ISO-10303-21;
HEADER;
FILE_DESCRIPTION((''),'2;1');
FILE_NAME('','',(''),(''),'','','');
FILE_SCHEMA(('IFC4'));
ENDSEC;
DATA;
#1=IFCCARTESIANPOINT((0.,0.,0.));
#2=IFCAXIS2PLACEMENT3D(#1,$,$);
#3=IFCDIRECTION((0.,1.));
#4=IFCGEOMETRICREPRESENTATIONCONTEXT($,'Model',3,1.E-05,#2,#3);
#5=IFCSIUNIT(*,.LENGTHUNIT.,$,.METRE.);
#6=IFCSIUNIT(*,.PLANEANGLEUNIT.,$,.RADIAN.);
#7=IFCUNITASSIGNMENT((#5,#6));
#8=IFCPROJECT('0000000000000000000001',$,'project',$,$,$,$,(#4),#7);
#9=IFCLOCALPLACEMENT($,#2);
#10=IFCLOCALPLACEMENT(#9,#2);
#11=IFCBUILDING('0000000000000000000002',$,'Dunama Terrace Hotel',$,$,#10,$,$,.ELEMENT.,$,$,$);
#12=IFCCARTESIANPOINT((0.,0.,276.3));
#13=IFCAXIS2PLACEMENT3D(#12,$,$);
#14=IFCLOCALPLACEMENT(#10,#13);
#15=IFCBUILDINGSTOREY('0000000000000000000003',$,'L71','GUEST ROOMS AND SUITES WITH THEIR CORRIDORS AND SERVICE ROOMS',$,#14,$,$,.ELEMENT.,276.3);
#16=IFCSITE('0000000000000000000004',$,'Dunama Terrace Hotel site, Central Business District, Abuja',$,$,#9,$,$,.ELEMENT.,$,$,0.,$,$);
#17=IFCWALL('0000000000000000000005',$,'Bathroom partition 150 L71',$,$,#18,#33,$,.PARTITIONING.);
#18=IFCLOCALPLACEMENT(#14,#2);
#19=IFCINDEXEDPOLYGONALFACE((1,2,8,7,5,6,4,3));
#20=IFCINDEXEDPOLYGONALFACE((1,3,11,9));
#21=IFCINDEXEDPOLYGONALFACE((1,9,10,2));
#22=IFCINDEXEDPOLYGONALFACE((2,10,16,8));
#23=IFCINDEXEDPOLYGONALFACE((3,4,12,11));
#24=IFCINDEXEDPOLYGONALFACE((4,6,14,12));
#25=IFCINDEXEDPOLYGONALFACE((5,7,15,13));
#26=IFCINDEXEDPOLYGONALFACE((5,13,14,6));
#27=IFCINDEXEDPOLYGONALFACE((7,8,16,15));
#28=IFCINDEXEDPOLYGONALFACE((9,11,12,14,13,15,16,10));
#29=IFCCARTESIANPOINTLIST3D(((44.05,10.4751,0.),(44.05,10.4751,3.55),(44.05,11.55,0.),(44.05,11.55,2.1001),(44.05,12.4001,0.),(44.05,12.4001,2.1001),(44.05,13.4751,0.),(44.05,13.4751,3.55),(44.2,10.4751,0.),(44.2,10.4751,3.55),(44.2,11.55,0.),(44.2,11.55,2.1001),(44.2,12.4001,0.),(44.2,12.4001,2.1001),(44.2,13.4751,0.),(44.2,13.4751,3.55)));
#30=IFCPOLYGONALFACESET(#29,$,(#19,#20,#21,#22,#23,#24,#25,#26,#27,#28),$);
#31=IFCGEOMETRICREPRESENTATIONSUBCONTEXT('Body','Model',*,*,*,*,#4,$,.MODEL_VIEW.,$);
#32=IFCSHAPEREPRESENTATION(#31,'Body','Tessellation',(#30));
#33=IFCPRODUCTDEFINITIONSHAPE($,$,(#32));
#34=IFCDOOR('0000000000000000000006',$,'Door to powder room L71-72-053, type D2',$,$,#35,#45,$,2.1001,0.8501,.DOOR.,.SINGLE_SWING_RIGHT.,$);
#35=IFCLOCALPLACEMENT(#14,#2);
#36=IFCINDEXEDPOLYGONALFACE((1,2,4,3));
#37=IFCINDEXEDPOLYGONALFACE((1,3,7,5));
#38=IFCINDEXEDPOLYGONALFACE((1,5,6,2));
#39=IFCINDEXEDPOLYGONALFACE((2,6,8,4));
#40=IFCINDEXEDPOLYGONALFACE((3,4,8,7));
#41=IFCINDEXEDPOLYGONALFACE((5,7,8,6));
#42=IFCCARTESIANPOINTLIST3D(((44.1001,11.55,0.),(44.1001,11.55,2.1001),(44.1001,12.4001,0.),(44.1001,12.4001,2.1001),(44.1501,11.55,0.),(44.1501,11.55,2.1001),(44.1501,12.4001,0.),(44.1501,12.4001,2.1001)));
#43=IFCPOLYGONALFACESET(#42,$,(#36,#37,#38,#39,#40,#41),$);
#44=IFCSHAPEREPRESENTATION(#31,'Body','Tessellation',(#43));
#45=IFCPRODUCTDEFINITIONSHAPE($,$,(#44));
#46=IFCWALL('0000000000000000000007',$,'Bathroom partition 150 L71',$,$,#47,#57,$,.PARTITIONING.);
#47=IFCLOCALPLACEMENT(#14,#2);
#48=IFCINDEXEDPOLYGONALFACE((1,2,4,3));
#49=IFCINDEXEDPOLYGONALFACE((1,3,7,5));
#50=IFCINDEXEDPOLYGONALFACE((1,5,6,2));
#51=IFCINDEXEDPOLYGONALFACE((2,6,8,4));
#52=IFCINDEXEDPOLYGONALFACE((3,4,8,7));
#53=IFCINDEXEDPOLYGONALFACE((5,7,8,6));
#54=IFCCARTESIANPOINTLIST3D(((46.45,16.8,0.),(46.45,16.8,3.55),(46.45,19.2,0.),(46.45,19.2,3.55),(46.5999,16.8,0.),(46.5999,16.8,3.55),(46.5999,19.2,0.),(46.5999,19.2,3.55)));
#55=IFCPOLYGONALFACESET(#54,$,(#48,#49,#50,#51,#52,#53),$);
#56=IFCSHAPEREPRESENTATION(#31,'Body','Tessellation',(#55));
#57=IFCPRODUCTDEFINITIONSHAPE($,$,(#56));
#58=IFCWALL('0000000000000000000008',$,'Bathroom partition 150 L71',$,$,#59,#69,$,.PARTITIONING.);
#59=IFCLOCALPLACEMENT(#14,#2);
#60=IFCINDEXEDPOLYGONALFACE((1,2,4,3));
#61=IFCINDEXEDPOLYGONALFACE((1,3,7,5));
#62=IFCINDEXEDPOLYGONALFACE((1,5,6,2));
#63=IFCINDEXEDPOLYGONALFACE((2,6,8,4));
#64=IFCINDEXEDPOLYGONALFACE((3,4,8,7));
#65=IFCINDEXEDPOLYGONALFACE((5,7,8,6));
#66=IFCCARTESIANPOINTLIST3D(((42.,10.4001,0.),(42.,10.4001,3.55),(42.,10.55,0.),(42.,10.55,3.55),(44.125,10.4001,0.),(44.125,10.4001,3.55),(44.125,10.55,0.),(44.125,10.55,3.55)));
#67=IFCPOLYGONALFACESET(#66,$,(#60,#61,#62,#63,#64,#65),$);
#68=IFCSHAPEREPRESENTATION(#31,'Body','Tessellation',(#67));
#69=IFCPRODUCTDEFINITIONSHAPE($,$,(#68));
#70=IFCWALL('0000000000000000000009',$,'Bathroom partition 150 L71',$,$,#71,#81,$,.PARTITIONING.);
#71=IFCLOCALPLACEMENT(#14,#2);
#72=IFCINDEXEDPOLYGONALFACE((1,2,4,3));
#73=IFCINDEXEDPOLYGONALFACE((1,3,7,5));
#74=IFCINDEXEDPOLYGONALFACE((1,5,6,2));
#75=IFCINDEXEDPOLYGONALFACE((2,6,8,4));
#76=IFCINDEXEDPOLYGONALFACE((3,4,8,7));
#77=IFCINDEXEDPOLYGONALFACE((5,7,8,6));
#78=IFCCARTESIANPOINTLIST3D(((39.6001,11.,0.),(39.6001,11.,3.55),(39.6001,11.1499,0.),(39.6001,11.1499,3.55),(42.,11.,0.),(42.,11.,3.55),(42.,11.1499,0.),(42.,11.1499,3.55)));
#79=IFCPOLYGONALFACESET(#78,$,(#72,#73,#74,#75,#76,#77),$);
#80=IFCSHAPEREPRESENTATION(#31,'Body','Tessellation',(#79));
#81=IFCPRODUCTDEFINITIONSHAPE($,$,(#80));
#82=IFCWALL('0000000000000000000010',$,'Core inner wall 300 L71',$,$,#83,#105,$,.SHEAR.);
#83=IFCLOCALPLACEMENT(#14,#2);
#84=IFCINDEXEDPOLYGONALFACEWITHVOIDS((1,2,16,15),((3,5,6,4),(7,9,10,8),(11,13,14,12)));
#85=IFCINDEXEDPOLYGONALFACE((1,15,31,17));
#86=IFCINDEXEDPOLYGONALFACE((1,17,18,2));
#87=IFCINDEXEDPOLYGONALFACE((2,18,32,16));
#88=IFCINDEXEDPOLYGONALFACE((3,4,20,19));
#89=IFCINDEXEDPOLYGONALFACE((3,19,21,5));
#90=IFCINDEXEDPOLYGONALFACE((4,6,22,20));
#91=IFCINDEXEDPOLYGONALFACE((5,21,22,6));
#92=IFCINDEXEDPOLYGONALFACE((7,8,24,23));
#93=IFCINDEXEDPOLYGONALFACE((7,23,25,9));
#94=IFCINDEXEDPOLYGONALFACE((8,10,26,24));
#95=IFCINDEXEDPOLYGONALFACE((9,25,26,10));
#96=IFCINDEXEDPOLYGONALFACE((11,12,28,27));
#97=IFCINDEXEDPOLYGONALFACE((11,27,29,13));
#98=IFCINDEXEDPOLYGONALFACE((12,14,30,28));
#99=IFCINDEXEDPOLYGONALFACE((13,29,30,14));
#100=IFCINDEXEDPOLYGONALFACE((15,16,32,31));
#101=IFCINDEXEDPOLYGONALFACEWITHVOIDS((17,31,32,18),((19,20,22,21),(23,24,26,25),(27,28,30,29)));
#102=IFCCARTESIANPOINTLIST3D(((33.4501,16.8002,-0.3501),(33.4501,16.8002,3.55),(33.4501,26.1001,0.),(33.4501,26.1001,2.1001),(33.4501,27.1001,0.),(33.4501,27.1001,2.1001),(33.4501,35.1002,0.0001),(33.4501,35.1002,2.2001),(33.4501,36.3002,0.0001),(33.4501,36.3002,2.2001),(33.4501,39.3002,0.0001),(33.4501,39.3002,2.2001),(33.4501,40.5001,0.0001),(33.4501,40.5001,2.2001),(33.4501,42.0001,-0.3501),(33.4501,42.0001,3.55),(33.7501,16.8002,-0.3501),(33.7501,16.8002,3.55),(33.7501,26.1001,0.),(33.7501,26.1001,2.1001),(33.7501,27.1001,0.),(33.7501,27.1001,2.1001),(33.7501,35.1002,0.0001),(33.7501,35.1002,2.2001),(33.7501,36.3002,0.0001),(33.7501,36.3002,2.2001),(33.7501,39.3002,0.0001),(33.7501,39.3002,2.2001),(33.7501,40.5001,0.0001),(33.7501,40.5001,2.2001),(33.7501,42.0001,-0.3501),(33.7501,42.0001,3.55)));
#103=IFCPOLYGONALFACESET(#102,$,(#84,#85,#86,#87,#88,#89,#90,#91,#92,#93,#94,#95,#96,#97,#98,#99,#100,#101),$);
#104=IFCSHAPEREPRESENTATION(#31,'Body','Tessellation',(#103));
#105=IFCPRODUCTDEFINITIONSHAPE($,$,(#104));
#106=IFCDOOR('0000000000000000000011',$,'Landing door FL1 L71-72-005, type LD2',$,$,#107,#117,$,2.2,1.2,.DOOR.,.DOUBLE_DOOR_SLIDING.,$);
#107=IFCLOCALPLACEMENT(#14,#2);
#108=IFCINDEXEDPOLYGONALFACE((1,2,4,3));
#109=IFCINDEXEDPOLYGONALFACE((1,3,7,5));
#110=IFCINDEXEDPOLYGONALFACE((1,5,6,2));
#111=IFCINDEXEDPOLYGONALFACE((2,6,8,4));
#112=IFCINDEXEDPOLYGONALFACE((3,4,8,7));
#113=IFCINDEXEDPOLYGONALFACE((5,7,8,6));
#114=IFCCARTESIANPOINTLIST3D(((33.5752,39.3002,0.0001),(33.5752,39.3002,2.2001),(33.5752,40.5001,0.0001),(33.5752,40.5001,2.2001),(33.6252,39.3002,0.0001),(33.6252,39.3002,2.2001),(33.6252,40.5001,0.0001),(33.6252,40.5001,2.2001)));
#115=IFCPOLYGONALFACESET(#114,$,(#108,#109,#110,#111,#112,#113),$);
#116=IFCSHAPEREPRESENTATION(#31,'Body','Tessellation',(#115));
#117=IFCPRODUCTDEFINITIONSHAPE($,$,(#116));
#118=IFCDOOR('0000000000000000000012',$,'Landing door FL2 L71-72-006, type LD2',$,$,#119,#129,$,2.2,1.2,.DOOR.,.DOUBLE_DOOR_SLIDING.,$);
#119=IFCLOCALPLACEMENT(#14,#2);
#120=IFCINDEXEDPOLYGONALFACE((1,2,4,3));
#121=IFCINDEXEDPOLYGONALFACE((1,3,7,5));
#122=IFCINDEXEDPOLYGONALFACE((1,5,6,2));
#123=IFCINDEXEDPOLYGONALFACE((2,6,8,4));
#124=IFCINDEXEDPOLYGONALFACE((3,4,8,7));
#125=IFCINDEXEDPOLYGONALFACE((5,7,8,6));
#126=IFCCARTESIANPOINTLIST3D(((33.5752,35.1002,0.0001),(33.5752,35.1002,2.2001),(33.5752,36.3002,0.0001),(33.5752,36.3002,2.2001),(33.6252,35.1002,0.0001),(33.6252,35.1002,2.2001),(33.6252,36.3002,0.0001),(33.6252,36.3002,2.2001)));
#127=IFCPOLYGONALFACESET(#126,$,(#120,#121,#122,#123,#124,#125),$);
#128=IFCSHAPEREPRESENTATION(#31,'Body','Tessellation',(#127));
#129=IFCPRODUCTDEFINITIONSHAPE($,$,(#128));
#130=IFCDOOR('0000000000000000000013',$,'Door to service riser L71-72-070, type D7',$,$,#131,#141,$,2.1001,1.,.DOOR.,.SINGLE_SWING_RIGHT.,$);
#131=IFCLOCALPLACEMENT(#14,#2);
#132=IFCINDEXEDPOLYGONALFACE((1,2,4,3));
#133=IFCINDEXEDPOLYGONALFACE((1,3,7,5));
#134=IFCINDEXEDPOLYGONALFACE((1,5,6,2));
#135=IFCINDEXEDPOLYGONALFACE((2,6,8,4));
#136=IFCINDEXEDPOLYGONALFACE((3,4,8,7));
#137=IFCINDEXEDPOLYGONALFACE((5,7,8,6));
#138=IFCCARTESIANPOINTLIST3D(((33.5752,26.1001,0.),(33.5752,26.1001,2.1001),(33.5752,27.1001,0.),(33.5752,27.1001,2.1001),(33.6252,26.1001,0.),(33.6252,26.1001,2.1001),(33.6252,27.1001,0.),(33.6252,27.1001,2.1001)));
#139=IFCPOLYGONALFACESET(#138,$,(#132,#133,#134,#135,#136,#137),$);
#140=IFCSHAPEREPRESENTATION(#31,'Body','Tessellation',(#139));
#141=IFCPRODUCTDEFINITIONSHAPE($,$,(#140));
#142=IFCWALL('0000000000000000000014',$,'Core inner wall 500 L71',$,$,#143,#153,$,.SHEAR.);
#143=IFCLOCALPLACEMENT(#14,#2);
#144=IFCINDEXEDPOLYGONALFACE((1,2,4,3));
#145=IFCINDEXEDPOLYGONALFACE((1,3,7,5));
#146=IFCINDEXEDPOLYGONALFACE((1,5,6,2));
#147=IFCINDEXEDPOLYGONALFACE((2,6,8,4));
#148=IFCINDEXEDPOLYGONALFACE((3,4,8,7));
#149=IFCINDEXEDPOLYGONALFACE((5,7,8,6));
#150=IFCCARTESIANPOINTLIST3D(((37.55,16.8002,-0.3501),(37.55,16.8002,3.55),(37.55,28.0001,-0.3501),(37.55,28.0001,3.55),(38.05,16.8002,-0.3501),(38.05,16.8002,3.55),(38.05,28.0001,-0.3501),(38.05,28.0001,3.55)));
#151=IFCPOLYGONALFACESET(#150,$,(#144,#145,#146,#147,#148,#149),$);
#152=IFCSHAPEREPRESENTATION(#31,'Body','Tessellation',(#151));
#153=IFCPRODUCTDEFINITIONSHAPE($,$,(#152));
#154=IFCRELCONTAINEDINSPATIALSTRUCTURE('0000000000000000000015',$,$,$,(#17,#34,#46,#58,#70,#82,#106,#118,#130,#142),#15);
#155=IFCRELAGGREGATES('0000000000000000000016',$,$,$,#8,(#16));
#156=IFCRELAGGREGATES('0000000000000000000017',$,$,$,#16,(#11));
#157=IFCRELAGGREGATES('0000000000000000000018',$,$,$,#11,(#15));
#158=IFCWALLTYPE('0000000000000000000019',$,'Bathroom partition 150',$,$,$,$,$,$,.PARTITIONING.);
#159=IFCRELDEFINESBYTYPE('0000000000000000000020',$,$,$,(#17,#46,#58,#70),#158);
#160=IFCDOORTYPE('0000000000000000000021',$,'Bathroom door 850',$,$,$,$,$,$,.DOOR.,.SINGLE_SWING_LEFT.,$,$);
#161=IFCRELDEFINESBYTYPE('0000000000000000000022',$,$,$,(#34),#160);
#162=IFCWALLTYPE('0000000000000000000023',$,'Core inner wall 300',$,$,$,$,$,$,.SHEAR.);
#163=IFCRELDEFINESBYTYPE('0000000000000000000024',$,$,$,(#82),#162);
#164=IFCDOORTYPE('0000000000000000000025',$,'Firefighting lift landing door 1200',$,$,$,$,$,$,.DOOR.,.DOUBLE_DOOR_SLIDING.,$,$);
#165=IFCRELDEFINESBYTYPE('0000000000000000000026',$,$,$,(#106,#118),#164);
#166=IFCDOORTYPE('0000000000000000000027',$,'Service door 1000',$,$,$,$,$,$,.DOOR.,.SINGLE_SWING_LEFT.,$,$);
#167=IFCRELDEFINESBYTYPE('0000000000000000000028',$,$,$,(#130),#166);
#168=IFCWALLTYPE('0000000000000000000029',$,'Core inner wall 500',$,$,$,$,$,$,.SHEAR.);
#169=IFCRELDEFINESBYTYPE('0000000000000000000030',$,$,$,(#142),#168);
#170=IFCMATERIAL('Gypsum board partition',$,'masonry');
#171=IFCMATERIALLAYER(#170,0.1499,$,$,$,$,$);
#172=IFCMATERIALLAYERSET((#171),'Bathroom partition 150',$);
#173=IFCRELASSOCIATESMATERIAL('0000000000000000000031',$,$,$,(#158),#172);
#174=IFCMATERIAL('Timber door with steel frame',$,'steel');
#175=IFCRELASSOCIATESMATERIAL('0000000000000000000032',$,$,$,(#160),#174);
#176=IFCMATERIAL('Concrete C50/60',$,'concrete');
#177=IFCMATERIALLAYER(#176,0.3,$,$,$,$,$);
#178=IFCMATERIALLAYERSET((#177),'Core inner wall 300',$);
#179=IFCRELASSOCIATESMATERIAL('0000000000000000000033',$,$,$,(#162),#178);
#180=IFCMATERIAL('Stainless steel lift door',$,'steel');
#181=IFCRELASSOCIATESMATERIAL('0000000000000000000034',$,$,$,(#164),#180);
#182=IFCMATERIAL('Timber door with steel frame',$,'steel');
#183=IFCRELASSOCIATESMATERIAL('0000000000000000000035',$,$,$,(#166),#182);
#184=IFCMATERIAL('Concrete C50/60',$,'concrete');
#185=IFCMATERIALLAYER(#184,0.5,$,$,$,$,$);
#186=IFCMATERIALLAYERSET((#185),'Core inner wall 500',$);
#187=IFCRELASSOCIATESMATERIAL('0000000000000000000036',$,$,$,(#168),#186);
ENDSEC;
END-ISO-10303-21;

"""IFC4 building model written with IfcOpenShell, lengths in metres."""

from ifc_helpers import new_model, si_unit, direction, frame, frame_2d, origin, place, context, subcontext, project, spatial, rectangle, extrude, material, layer, layer_set, type_object, element, fill, save


model = new_model("IFC4")

# Units and contexts
model_context = context("Model", 3, precision=1e-05, world=origin(), true_north=direction((0.0, 1.0)))
body_context = subcontext(model_context, "Body", "Model", "MODEL_VIEW")
ifc_project = project(units=[si_unit("LENGTHUNIT", "METRE"), si_unit("PLANEANGLEUNIT", "RADIAN")], contexts=[model_context])

# Site, building, storey
site_placement = place(None, origin())
site = spatial("IfcSite", under=ifc_project, at=site_placement, Name="Dunama Terrace Hotel site, Central Business District, Abuja", CompositionType="ELEMENT", RefElevation=0.0)
building_placement = place(site_placement, origin())
building = spatial("IfcBuilding", under=site, at=building_placement, Name="Dunama Terrace Hotel", CompositionType="ELEMENT")
storey_placement = place(building_placement, frame((0.0, 0.0, 276.3)))
storey = spatial("IfcBuildingStorey", under=building, at=storey_placement, Name="L71", Description="GUEST ROOMS AND SUITES WITH THEIR CORRIDORS AND SERVICE ROOMS", CompositionType="ELEMENT", Elevation=276.3)

# Wall, opening, door
ifc_material_1 = material(Name="Gypsum board partition", Category="masonry")
ifc_layer_1 = layer(ifc_material_1, 0.1499)
ifc_layer_set_1 = layer_set([ifc_layer_1], Name="Bathroom partition 150")
wall_type_1 = type_object("IfcWallType", Name="Bathroom partition 150", PredefinedType="PARTITIONING", material=ifc_layer_set_1)
wall_1_placement = place(storey_placement, frame((44.125, 10.4751, 0.0), z_axis=(0.0, 0.0, 1.0), x_axis=(0.0, 1.0, 0.0)))
wall_1 = element("IfcWall", 1, at=wall_1_placement, inside=storey, type_object=wall_type_1, Name="Bathroom partition 150 L71", PredefinedType="PARTITIONING", context=body_context, shape_type="SweptSolid", body=[
    extrude(rectangle(XDim=3.0, YDim=0.1499, at=frame_2d((1.5, 0.0))), origin(), (0.0, 0.0, 1.0), 3.55),
])
opening_1_placement = place(wall_1_placement, frame((1.075, 0.0, 0.0)))
opening_1 = element("IfcOpeningElement", 2, at=opening_1_placement, cuts=wall_1, PredefinedType="OPENING", context=body_context, shape_type="SweptSolid", body=[
    extrude(rectangle(XDim=0.8501, YDim=2.1001, at=frame_2d((0.425, 1.05))), frame((0.0, 0.085, 0.0), z_axis=(0.0, -1.0, 0.0), x_axis=(1.0, 0.0, 0.0)), (0.0, 0.0, 1.0), 0.1699),
])
ifc_material_2 = material(Name="Timber door with steel frame", Category="steel")
door_type_1 = type_object("IfcDoorType", Name="Bathroom door 850", OperationType="SINGLE_SWING_LEFT", PredefinedType="DOOR", material=ifc_material_2)
door_1_placement = place(opening_1_placement, origin())
door_1 = element("IfcDoor", 3, at=door_1_placement, inside=storey, type_object=door_type_1, Name="Door to powder room L71-72-053, type D2", OperationType="SINGLE_SWING_RIGHT", OverallHeight=2.1001, OverallWidth=0.8501, PredefinedType="DOOR", context=body_context, shape_type="SweptSolid", body=[
    extrude(rectangle(XDim=0.8501, YDim=2.1001, at=frame_2d((0.425, 1.05))), frame((0.0, 0.0249, 0.0), z_axis=(0.0, -1.0, 0.0), x_axis=(1.0, 0.0, 0.0)), (0.0, 0.0, 1.0), 0.05),
])
fill(opening_1, door_1)

# Walls
wall_2_placement = place(storey_placement, frame((46.5249, 16.8, 0.0), z_axis=(0.0, 0.0, 1.0), x_axis=(0.0, 1.0, 0.0)))
element("IfcWall", 4, at=wall_2_placement, inside=storey, type_object=wall_type_1, Name="Bathroom partition 150 L71", PredefinedType="PARTITIONING", context=body_context, shape_type="SweptSolid", body=[
    extrude(rectangle(XDim=2.3999, YDim=0.1499, at=frame_2d((1.2, 0.0))), origin(), (0.0, 0.0, 1.0), 3.55),
])
wall_3_placement = place(storey_placement, frame((42.0, 10.4751, 0.0), z_axis=(0.0, 0.0, 1.0), x_axis=(1.0, 0.0, 0.0)))
element("IfcWall", 5, at=wall_3_placement, inside=storey, type_object=wall_type_1, Name="Bathroom partition 150 L71", PredefinedType="PARTITIONING", context=body_context, shape_type="SweptSolid", body=[
    extrude(rectangle(XDim=2.125, YDim=0.1499, at=frame_2d((1.0625, 0.0))), origin(), (0.0, 0.0, 1.0), 3.55),
])
wall_4_placement = place(storey_placement, frame((39.6001, 11.075, 0.0), z_axis=(0.0, 0.0, 1.0), x_axis=(1.0, 0.0, 0.0)))
element("IfcWall", 6, at=wall_4_placement, inside=storey, type_object=wall_type_1, Name="Bathroom partition 150 L71", PredefinedType="PARTITIONING", context=body_context, shape_type="SweptSolid", body=[
    extrude(rectangle(XDim=2.3999, YDim=0.1499, at=frame_2d((1.2, 0.0))), origin(), (0.0, 0.0, 1.0), 3.55),
])

# Wall, openings, doors
ifc_material_3 = material(Name="Concrete C50/60", Category="concrete")
ifc_layer_2 = layer(ifc_material_3, 0.3)
ifc_layer_set_2 = layer_set([ifc_layer_2], Name="Core inner wall 300")
wall_type_2 = type_object("IfcWallType", Name="Core inner wall 300", PredefinedType="SHEAR", material=ifc_layer_set_2)
wall_5_placement = place(storey_placement, frame((33.6001, 16.8, -0.3501), z_axis=(0.0, 0.0, 1.0), x_axis=(0.0, 1.0, 0.0)))
wall_5 = element("IfcWall", 7, at=wall_5_placement, inside=storey, type_object=wall_type_2, Name="Core inner wall 300 L71", PredefinedType="SHEAR", context=body_context, shape_type="SweptSolid", body=[
    extrude(rectangle(XDim=25.2, YDim=0.3, at=frame_2d((12.6001, 0.0))), origin(), (0.0, 0.0, 1.0), 3.9001),
])
opening_2_placement = place(wall_5_placement, frame((22.5, 0.0, 0.3501)))
opening_2 = element("IfcOpeningElement", 8, at=opening_2_placement, cuts=wall_5, PredefinedType="OPENING", context=body_context, shape_type="SweptSolid", body=[
    extrude(rectangle(XDim=1.2, YDim=2.2, at=frame_2d((0.6001, 1.1001))), frame((0.0, 0.1599, 0.0), z_axis=(0.0, -1.0, 0.0), x_axis=(1.0, 0.0, 0.0)), (0.0, 0.0, 1.0), 0.3201),
])
opening_3_placement = place(wall_5_placement, frame((18.3, 0.0, 0.3501)))
opening_3 = element("IfcOpeningElement", 9, at=opening_3_placement, cuts=wall_5, PredefinedType="OPENING", context=body_context, shape_type="SweptSolid", body=[
    extrude(rectangle(XDim=1.2, YDim=2.2, at=frame_2d((0.6001, 1.1001))), frame((0.0, 0.1599, 0.0), z_axis=(0.0, -1.0, 0.0), x_axis=(1.0, 0.0, 0.0)), (0.0, 0.0, 1.0), 0.3201),
])
opening_4_placement = place(wall_5_placement, frame((9.3, 0.0, 0.3501)))
opening_4 = element("IfcOpeningElement", 10, at=opening_4_placement, cuts=wall_5, PredefinedType="OPENING", context=body_context, shape_type="SweptSolid", body=[
    extrude(rectangle(XDim=1.0, YDim=2.1001, at=frame_2d((0.5, 1.05))), frame((0.0, 0.1599, 0.0), z_axis=(0.0, -1.0, 0.0), x_axis=(1.0, 0.0, 0.0)), (0.0, 0.0, 1.0), 0.3201),
])
ifc_material_4 = material(Name="Stainless steel lift door", Category="steel")
door_type_2 = type_object("IfcDoorType", Name="Firefighting lift landing door 1200", OperationType="DOUBLE_DOOR_SLIDING", PredefinedType="DOOR", material=ifc_material_4)
door_2_placement = place(opening_2_placement, origin())
door_2 = element("IfcDoor", 11, at=door_2_placement, inside=storey, type_object=door_type_2, Name="Landing door FL1 L71-72-005, type LD2", OperationType="DOUBLE_DOOR_SLIDING", OverallHeight=2.2, OverallWidth=1.2, PredefinedType="DOOR", context=body_context, shape_type="SweptSolid", body=[
    extrude(rectangle(XDim=1.2, YDim=2.2, at=frame_2d((0.6001, 1.1001))), frame((0.0, 0.0249, 0.0), z_axis=(0.0, -1.0, 0.0), x_axis=(1.0, 0.0, 0.0)), (0.0, 0.0, 1.0), 0.05),
])
fill(opening_2, door_2)
door_3_placement = place(opening_3_placement, origin())
door_3 = element("IfcDoor", 12, at=door_3_placement, inside=storey, type_object=door_type_2, Name="Landing door FL2 L71-72-006, type LD2", OperationType="DOUBLE_DOOR_SLIDING", OverallHeight=2.2, OverallWidth=1.2, PredefinedType="DOOR", context=body_context, shape_type="SweptSolid", body=[
    extrude(rectangle(XDim=1.2, YDim=2.2, at=frame_2d((0.6001, 1.1001))), frame((0.0, 0.0249, 0.0), z_axis=(0.0, -1.0, 0.0), x_axis=(1.0, 0.0, 0.0)), (0.0, 0.0, 1.0), 0.05),
])
fill(opening_3, door_3)
ifc_material_5 = material(Name="Timber door with steel frame", Category="steel")
door_type_3 = type_object("IfcDoorType", Name="Service door 1000", OperationType="SINGLE_SWING_LEFT", PredefinedType="DOOR", material=ifc_material_5)
door_4_placement = place(opening_4_placement, frame((1.0, 0.0, 0.0), z_axis=(0.0, 0.0, 1.0), x_axis=(-1.0, 0.0, 0.0)))
door_4 = element("IfcDoor", 13, at=door_4_placement, inside=storey, type_object=door_type_3, Name="Door to service riser L71-72-070, type D7", OperationType="SINGLE_SWING_RIGHT", OverallHeight=2.1001, OverallWidth=1.0, PredefinedType="DOOR", context=body_context, shape_type="SweptSolid", body=[
    extrude(rectangle(XDim=1.0, YDim=2.1001, at=frame_2d((0.5, 1.05))), frame((0.0, 0.0251, 0.0), z_axis=(0.0, -1.0, 0.0), x_axis=(1.0, 0.0, 0.0)), (0.0, 0.0, 1.0), 0.05),
])
fill(opening_4, door_4)

# Wall
ifc_material_6 = material(Name="Concrete C50/60", Category="concrete")
ifc_layer_3 = layer(ifc_material_6, 0.5)
ifc_layer_set_3 = layer_set([ifc_layer_3], Name="Core inner wall 500")
wall_type_3 = type_object("IfcWallType", Name="Core inner wall 500", PredefinedType="SHEAR", material=ifc_layer_set_3)
wall_6_placement = place(storey_placement, frame((37.8, 16.8, -0.3501), z_axis=(0.0, 0.0, 1.0), x_axis=(0.0, 1.0, 0.0)))
element("IfcWall", 14, at=wall_6_placement, inside=storey, type_object=wall_type_3, Name="Core inner wall 500 L71", PredefinedType="SHEAR", context=body_context, shape_type="SweptSolid", body=[
    extrude(rectangle(XDim=11.2, YDim=0.5, at=frame_2d((5.6001, 0.0))), origin(), (0.0, 0.0, 1.0), 3.9001),
])

save(model, "model.ifc")
